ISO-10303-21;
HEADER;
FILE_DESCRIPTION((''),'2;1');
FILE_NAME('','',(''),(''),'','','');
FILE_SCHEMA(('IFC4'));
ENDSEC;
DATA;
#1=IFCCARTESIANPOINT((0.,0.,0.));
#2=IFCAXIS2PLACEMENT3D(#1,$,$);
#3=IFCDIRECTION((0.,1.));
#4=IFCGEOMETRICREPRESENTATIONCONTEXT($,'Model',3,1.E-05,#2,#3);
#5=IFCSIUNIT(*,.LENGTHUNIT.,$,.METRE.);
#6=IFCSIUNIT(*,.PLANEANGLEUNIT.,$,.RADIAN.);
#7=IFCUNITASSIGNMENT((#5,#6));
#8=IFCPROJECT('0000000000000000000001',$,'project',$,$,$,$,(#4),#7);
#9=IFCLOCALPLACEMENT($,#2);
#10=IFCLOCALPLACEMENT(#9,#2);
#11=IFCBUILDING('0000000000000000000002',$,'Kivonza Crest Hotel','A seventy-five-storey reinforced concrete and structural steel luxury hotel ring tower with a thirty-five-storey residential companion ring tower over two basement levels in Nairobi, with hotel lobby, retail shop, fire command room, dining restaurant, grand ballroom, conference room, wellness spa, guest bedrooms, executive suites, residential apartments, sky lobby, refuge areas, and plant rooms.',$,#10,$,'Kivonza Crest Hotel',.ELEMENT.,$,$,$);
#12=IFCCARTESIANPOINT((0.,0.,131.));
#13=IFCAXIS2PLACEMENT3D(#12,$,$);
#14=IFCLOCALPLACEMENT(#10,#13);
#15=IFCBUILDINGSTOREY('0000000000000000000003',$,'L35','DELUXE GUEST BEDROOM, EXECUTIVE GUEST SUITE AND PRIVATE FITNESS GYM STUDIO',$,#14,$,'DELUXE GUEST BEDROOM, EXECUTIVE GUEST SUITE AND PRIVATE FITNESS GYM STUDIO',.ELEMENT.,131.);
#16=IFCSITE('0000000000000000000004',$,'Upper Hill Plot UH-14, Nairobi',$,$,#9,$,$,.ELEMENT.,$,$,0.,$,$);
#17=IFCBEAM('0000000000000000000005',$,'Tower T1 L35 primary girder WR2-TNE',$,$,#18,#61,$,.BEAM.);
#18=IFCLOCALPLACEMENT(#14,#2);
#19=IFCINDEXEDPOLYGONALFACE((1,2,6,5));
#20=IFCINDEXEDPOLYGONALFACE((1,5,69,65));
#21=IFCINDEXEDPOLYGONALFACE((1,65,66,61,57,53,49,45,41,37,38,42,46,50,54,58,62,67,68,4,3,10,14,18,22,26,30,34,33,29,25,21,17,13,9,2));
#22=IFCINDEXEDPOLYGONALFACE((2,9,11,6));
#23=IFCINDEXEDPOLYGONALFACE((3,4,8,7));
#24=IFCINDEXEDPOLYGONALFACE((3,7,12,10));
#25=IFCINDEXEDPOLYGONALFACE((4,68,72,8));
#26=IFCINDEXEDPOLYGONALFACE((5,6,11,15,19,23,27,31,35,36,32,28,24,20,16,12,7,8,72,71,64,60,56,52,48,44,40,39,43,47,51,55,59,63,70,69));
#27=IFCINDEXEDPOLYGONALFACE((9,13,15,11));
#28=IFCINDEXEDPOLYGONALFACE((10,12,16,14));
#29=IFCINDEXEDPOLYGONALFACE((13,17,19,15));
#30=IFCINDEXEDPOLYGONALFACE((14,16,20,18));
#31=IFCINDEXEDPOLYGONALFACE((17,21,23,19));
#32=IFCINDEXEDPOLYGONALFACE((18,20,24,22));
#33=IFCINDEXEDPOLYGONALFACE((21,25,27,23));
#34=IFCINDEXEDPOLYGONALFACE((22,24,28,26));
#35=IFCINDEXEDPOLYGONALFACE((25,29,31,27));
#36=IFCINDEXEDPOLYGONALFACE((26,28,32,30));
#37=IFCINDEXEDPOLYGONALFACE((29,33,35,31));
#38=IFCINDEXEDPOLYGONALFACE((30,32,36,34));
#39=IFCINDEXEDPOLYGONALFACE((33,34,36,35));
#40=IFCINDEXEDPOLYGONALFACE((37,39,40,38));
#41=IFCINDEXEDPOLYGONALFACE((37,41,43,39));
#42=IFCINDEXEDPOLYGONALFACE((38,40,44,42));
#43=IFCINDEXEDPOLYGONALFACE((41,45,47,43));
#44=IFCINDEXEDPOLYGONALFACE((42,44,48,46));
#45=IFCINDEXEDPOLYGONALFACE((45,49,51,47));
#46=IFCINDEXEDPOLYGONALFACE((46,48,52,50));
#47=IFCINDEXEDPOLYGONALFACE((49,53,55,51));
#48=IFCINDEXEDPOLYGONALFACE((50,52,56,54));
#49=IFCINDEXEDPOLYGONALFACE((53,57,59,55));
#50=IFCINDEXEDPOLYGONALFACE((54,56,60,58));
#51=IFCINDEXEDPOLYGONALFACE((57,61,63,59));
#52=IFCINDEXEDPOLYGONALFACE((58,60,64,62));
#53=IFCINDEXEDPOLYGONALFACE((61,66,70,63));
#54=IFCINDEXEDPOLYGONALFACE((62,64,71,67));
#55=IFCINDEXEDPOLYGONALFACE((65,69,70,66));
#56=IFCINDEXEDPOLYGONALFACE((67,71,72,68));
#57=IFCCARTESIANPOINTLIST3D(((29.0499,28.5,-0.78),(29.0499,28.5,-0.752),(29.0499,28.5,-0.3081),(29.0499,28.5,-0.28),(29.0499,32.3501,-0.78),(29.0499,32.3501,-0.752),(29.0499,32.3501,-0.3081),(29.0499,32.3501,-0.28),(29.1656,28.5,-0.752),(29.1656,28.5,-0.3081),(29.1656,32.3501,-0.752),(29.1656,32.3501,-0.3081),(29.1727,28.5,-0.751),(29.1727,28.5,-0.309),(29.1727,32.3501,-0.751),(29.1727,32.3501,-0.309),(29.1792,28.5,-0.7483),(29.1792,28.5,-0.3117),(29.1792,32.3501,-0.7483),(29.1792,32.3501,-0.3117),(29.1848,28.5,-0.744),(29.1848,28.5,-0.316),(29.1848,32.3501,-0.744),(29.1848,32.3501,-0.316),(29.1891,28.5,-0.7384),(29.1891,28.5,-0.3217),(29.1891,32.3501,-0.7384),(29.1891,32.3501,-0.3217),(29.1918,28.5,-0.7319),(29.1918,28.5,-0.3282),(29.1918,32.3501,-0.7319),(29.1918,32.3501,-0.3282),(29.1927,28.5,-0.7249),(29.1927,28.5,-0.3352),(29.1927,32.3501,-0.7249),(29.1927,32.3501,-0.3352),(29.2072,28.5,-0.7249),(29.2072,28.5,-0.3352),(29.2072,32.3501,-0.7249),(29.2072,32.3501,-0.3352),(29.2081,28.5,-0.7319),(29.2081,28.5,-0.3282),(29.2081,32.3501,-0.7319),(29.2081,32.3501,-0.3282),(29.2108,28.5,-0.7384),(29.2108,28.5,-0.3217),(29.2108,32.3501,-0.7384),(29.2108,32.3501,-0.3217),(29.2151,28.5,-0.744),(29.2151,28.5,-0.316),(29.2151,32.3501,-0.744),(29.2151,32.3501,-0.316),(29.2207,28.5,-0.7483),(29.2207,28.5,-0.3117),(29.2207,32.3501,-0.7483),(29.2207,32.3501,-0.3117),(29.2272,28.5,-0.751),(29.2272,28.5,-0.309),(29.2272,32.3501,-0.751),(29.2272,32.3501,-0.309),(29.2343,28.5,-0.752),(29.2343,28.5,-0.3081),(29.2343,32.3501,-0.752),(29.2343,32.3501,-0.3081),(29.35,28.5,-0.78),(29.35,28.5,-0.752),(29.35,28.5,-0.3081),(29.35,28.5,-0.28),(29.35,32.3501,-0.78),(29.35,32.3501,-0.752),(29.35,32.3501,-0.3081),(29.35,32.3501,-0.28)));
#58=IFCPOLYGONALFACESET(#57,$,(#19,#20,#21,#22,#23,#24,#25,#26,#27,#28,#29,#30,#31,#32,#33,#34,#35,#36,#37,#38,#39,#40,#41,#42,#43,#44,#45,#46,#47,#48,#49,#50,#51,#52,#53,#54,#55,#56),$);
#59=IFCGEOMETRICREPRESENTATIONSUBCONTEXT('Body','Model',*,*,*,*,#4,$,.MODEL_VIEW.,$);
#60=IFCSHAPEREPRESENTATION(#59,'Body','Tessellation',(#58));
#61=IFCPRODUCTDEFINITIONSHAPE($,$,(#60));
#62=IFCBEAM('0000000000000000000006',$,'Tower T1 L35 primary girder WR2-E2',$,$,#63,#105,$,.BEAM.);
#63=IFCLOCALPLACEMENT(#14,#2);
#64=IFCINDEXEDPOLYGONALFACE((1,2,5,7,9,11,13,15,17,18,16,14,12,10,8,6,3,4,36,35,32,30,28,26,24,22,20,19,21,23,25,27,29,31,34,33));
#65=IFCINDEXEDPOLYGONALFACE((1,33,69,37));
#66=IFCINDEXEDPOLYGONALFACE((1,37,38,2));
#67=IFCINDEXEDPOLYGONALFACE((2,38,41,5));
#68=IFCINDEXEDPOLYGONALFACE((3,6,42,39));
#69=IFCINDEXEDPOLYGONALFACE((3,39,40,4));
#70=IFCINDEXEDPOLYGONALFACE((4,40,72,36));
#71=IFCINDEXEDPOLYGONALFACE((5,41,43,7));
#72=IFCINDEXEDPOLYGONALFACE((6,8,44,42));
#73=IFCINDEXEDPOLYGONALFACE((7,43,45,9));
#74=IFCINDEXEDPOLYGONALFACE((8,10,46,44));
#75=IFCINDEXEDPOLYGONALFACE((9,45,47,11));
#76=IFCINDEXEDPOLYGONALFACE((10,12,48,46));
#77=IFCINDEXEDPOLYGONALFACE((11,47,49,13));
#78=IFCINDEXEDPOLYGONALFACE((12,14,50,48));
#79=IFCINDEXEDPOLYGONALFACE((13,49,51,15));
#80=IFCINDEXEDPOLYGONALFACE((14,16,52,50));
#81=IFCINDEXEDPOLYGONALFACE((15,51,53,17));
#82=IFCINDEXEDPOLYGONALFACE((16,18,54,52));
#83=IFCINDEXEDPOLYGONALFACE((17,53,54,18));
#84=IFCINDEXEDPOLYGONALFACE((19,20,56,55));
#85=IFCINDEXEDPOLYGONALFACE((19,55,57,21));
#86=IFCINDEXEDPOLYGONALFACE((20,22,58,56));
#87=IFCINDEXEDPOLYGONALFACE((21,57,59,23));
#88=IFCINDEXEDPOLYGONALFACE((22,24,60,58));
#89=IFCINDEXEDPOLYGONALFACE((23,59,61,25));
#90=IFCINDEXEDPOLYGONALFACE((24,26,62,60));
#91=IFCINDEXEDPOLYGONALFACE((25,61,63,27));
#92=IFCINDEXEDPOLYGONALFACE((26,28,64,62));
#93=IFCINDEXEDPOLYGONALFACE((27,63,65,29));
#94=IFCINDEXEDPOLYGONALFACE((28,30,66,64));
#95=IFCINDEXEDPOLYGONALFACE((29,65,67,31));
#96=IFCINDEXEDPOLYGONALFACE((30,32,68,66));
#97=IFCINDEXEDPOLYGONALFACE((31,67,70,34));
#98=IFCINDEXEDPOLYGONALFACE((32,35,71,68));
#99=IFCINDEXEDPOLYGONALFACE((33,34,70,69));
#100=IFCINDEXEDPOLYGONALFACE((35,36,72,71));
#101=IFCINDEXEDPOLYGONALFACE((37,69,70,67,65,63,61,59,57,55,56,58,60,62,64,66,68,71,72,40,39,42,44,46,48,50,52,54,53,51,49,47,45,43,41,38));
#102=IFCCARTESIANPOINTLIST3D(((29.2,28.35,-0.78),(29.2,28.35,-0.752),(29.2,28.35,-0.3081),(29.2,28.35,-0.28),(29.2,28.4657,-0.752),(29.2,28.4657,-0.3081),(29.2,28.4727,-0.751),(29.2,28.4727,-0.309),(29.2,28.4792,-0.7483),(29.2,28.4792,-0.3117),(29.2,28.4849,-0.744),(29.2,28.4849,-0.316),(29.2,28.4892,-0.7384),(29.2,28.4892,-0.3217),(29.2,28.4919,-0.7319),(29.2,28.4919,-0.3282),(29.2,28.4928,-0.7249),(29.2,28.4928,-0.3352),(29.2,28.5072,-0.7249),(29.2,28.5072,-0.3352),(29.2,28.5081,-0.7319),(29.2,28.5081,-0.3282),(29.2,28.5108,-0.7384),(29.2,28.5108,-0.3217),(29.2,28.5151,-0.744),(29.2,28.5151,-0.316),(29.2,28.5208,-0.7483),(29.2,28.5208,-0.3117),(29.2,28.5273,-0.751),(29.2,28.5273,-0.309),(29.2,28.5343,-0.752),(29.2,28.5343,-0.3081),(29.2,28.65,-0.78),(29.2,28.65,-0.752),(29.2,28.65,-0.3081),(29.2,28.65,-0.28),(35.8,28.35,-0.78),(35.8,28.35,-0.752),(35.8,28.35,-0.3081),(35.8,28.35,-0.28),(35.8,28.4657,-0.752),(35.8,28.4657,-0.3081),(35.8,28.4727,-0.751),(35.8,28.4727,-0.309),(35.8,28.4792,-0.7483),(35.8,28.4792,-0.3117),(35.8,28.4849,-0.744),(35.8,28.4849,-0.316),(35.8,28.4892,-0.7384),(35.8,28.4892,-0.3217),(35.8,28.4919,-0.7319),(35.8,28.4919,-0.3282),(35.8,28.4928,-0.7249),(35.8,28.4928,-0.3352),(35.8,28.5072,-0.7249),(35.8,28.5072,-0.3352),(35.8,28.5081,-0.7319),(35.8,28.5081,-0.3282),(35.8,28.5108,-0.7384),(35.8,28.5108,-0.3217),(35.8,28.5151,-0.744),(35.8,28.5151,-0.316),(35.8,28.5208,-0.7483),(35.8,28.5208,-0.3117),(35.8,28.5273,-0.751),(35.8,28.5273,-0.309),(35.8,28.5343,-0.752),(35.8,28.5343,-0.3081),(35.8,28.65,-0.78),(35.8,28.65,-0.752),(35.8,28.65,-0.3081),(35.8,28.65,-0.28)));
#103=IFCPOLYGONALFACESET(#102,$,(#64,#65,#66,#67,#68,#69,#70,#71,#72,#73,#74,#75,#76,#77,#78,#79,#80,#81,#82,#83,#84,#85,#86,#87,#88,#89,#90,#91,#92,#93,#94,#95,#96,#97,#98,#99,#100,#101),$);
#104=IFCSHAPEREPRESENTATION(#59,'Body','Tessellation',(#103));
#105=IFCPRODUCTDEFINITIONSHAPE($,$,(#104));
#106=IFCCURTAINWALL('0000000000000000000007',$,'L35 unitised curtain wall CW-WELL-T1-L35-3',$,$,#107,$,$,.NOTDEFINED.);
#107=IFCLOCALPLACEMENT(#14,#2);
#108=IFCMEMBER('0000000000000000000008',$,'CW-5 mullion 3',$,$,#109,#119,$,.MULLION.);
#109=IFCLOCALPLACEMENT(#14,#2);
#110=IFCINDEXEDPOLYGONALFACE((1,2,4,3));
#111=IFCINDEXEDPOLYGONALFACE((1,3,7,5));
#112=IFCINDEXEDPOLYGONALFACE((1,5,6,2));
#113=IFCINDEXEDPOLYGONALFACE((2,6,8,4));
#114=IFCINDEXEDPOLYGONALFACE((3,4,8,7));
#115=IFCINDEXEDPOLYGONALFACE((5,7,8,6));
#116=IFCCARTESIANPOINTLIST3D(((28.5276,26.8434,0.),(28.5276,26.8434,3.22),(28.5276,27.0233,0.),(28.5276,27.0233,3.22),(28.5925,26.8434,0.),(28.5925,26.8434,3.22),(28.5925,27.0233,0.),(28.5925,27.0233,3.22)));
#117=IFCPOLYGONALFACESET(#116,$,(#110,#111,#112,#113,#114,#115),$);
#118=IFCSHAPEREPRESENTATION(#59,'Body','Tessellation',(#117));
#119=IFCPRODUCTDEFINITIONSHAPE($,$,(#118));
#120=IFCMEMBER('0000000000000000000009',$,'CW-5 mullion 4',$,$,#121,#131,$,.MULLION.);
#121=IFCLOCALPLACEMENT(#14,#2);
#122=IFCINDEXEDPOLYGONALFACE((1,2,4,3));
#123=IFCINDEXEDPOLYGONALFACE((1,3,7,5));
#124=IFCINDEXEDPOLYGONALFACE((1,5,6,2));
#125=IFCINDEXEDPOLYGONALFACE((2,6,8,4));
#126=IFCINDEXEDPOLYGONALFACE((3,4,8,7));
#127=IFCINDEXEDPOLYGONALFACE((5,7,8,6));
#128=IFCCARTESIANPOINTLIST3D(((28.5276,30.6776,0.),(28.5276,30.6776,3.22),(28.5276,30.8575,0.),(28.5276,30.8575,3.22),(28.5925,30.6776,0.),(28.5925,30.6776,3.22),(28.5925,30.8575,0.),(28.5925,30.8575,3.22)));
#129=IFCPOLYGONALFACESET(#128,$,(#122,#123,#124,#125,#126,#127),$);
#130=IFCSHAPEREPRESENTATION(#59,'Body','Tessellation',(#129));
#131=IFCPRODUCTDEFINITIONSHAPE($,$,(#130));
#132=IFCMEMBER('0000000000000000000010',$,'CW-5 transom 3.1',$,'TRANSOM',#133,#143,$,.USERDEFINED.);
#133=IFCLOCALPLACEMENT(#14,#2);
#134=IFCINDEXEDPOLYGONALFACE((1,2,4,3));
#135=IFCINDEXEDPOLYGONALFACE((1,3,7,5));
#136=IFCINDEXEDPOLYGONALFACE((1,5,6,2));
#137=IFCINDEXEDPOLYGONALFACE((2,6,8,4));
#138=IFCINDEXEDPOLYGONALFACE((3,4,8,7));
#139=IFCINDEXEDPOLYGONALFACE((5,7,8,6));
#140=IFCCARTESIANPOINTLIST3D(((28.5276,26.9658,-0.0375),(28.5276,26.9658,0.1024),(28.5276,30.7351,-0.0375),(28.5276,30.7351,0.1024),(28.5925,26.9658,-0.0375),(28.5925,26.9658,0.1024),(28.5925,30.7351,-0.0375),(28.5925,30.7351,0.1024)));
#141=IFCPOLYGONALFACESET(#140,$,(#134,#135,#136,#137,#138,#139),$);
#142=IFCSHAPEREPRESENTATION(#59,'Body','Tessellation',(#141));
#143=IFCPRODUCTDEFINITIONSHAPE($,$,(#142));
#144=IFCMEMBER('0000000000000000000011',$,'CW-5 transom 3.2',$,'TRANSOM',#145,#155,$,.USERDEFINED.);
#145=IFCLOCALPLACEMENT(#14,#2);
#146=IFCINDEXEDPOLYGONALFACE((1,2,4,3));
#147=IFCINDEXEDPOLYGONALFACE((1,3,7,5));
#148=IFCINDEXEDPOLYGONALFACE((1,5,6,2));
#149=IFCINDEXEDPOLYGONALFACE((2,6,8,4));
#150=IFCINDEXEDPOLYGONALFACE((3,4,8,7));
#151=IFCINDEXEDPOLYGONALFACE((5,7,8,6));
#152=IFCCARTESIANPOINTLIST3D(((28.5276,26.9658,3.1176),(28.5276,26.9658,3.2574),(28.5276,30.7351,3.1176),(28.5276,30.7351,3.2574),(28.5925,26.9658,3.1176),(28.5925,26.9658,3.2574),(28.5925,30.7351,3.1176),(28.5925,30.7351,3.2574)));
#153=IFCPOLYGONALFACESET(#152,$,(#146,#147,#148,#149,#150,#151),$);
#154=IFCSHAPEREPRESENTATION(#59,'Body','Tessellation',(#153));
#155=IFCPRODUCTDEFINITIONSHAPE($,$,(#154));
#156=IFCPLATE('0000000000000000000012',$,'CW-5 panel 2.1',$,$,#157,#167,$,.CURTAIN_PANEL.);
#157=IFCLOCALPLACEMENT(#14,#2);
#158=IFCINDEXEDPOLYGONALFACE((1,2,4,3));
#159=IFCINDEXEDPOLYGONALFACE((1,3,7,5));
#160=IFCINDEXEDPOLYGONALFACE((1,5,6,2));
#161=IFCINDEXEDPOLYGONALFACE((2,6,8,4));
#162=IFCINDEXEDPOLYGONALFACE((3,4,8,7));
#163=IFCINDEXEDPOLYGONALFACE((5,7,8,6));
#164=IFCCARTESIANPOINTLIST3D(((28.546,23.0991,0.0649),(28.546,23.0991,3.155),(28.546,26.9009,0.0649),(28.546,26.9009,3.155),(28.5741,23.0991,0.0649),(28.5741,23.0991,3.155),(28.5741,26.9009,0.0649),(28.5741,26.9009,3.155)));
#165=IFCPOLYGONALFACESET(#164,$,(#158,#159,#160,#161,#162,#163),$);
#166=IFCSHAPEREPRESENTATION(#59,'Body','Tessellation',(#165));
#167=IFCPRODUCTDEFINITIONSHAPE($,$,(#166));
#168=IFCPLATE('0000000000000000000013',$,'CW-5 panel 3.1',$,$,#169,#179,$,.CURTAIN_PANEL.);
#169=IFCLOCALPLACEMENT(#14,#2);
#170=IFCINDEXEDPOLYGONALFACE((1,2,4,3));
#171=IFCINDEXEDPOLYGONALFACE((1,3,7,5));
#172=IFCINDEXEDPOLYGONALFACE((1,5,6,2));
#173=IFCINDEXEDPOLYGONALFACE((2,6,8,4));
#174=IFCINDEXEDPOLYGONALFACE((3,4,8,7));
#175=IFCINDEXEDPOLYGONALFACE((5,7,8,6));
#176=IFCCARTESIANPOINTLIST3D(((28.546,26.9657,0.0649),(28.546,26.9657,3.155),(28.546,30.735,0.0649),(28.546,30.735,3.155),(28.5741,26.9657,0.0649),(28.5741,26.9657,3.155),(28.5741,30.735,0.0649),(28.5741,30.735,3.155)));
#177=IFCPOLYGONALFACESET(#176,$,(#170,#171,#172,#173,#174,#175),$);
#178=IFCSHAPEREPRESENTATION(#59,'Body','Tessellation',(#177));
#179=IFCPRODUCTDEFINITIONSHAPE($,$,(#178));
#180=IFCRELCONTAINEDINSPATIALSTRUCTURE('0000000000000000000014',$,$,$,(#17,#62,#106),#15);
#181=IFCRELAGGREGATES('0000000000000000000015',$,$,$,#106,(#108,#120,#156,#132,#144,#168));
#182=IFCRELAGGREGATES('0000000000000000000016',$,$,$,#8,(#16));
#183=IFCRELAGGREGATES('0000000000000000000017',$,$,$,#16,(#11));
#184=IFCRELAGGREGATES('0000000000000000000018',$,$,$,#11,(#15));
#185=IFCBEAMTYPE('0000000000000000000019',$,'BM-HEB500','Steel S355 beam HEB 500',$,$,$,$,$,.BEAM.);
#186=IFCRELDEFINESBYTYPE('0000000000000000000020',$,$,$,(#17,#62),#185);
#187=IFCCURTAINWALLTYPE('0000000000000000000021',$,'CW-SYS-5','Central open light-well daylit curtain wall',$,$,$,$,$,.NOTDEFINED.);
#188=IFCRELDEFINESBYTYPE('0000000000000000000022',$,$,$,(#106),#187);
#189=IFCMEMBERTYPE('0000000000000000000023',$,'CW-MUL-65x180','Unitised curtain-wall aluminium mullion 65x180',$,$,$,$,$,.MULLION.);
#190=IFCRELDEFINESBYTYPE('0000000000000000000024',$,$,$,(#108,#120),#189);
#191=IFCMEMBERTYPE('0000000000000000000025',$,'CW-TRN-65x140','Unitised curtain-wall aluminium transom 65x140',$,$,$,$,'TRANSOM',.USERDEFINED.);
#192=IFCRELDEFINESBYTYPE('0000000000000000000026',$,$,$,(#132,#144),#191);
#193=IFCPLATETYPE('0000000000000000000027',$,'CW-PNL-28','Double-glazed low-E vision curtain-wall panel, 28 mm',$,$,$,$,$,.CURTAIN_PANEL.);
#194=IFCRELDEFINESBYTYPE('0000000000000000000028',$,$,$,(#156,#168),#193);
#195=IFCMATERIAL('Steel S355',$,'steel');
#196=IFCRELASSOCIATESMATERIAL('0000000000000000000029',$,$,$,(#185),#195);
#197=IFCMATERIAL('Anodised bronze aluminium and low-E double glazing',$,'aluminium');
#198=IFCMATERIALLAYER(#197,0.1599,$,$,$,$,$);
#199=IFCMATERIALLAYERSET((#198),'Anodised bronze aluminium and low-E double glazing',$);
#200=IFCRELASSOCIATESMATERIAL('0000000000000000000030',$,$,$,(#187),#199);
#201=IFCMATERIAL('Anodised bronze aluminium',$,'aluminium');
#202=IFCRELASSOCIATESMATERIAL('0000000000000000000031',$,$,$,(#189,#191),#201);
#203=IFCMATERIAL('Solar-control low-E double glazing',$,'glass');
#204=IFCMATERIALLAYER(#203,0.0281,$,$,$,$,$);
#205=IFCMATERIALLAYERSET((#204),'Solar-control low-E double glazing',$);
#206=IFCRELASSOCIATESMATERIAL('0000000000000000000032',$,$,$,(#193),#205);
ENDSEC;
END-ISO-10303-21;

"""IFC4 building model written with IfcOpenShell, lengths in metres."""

from ifc_helpers import new_model, si_unit, direction, frame, origin, origin_2d, place, context, subcontext, project, spatial, rectangle, i_section, extrude, material, layer, layer_set, material_profile, profile_set, type_object, element, aggregate, save


model = new_model("IFC4")

# Units and contexts
model_context = context("Model", 3, precision=1e-05, world=origin(), true_north=direction((0.0, 1.0)))
body_context = subcontext(model_context, "Body", "Model", "MODEL_VIEW")
ifc_project = project(units=[si_unit("LENGTHUNIT", "METRE"), si_unit("PLANEANGLEUNIT", "RADIAN")], contexts=[model_context])

# Site, building, storey
site_placement = place(None, origin())
site = spatial("IfcSite", under=ifc_project, at=site_placement, Name="Upper Hill Plot UH-14, Nairobi", CompositionType="ELEMENT", RefElevation=0.0)
building_placement = place(site_placement, origin())
building = spatial("IfcBuilding", under=site, at=building_placement, Name="Kivonza Crest Hotel", Description="A seventy-five-storey reinforced concrete and structural steel luxury hotel ring tower with a thirty-five-storey residential companion ring tower over two basement levels in Nairobi, with hotel lobby, retail shop, fire command room, dining restaurant, grand ballroom, conference room, wellness spa, guest bedrooms, executive suites, residential apartments, sky lobby, refuge areas, and plant rooms.", LongName="Kivonza Crest Hotel", CompositionType="ELEMENT")
storey_placement = place(building_placement, frame((0.0, 0.0, 131.0)))
storey = spatial("IfcBuildingStorey", under=building, at=storey_placement, Name="L35", Description="DELUXE GUEST BEDROOM, EXECUTIVE GUEST SUITE AND PRIVATE FITNESS GYM STUDIO", LongName="DELUXE GUEST BEDROOM, EXECUTIVE GUEST SUITE AND PRIVATE FITNESS GYM STUDIO", CompositionType="ELEMENT", Elevation=131.0)

# Beams
ifc_material_1 = material(Name="Steel S355", Category="steel")
ifc_material_profile_1 = material_profile(ifc_material_1, i_section(OverallWidth=0.3, OverallDepth=0.5, WebThickness=0.0144, FlangeThickness=0.0281, FilletRadius=0.0271, at=origin_2d()), Name="HEB 500")
ifc_profile_set_1 = profile_set([ifc_material_profile_1], Name="Steel S355")
beam_type_1 = type_object("IfcBeamType", Name="BM-HEB500", Description="Steel S355 beam HEB 500", PredefinedType="BEAM", material=ifc_profile_set_1)
beam_1_placement = place(storey_placement, frame((29.2, 28.5, -0.53), z_axis=(0.0, 1.0, 0.0), x_axis=(-1.0, 0.0, 0.0)))
element("IfcBeam", 1, at=beam_1_placement, inside=storey, type_object=beam_type_1, Name="Tower T1 L35 primary girder WR2-TNE", PredefinedType="BEAM", context=body_context, shape_type="SweptSolid", body=[
    extrude(i_section(OverallWidth=0.3, OverallDepth=0.5, WebThickness=0.0144, FlangeThickness=0.0281, FilletRadius=0.0271, at=origin_2d()), origin(), (0.0, 0.0, 1.0), 3.8501),
])
beam_2_placement = place(storey_placement, frame((29.2, 28.5, -0.53), z_axis=(1.0, 0.0, 0.0), x_axis=(0.0, 1.0, 0.0)))
element("IfcBeam", 2, at=beam_2_placement, inside=storey, type_object=beam_type_1, Name="Tower T1 L35 primary girder WR2-E2", PredefinedType="BEAM", context=body_context, shape_type="SweptSolid", body=[
    extrude(i_section(OverallWidth=0.3, OverallDepth=0.5, WebThickness=0.0144, FlangeThickness=0.0281, FilletRadius=0.0271, at=origin_2d()), origin(), (0.0, 0.0, 1.0), 6.6001),
])

# Curtain wall, members, plates
ifc_material_2 = material(Name="Anodised bronze aluminium and low-E double glazing", Category="aluminium")
ifc_layer_1 = layer(ifc_material_2, 0.1599)
ifc_layer_set_1 = layer_set([ifc_layer_1], Name="Anodised bronze aluminium and low-E double glazing")
curtain_wall_type = type_object("IfcCurtainWallType", Name="CW-SYS-5", Description="Central open light-well daylit curtain wall", PredefinedType="NOTDEFINED", material=ifc_layer_set_1)
curtain_wall_placement = place(storey_placement, origin())
curtain_wall = element("IfcCurtainWall", 3, at=curtain_wall_placement, inside=storey, type_object=curtain_wall_type, Name="L35 unitised curtain wall CW-WELL-T1-L35-3", PredefinedType="NOTDEFINED")
ifc_material_3 = material(Name="Anodised bronze aluminium", Category="aluminium")
ifc_material_profile_2 = material_profile(ifc_material_3, rectangle(XDim=0.0649, YDim=0.1799, at=origin_2d()), Name="CW-M 65x180")
ifc_profile_set_2 = profile_set([ifc_material_profile_2], Name="Anodised bronze aluminium")
member_type_1 = type_object("IfcMemberType", Name="CW-MUL-65x180", Description="Unitised curtain-wall aluminium mullion 65x180", PredefinedType="MULLION", material=ifc_profile_set_2)
member_1_placement = place(storey_placement, frame((28.5601, 26.9333, 0.0), z_axis=(0.0, 0.0, 1.0), x_axis=(-1.0, 0.0, 0.0)))
member_1 = element("IfcMember", 4, at=member_1_placement, type_object=member_type_1, Name="CW-5 mullion 3", PredefinedType="MULLION", context=body_context, shape_type="SweptSolid", body=[
    extrude(rectangle(XDim=0.0649, YDim=0.1799, at=origin_2d()), origin(), (0.0, 0.0, 1.0), 3.22),
])
member_2_placement = place(storey_placement, frame((28.5601, 30.7676, 0.0), z_axis=(0.0, 0.0, 1.0), x_axis=(-1.0, 0.0, 0.0)))
member_2 = element("IfcMember", 5, at=member_2_placement, type_object=member_type_1, Name="CW-5 mullion 4", PredefinedType="MULLION", context=body_context, shape_type="SweptSolid", body=[
    extrude(rectangle(XDim=0.0649, YDim=0.1799, at=origin_2d()), origin(), (0.0, 0.0, 1.0), 3.22),
])
ifc_material_profile_3 = material_profile(ifc_material_3, rectangle(XDim=0.0649, YDim=0.1399, at=origin_2d()), Name="CW-T 65x140")
ifc_profile_set_3 = profile_set([ifc_material_profile_3], Name="Anodised bronze aluminium")
member_type_2 = type_object("IfcMemberType", Name="CW-TRN-65x140", Description="Unitised curtain-wall aluminium transom 65x140", ElementType="TRANSOM", PredefinedType="USERDEFINED", material=ifc_profile_set_3)
member_3_placement = place(storey_placement, frame((28.5601, 26.9658, 0.0325), z_axis=(0.0, 1.0, 0.0), x_axis=(-1.0, 0.0, 0.0)))
member_3 = element("IfcMember", 6, at=member_3_placement, type_object=member_type_2, Name="CW-5 transom 3.1", ObjectType="TRANSOM", PredefinedType="USERDEFINED", context=body_context, shape_type="SweptSolid", body=[
    extrude(rectangle(XDim=0.0649, YDim=0.1399, at=origin_2d()), origin(), (0.0, 0.0, 1.0), 3.7693),
])
member_4_placement = place(storey_placement, frame((28.5601, 26.9658, 3.1875), z_axis=(0.0, 1.0, 0.0), x_axis=(-1.0, 0.0, 0.0)))
member_4 = element("IfcMember", 7, at=member_4_placement, type_object=member_type_2, Name="CW-5 transom 3.2", ObjectType="TRANSOM", PredefinedType="USERDEFINED", context=body_context, shape_type="SweptSolid", body=[
    extrude(rectangle(XDim=0.0649, YDim=0.1399, at=origin_2d()), origin(), (0.0, 0.0, 1.0), 3.7693),
])
ifc_material_4 = material(Name="Solar-control low-E double glazing", Category="glass")
ifc_layer_2 = layer(ifc_material_4, 0.0281)
ifc_layer_set_2 = layer_set([ifc_layer_2], Name="Solar-control low-E double glazing")
plate_type = type_object("IfcPlateType", Name="CW-PNL-28", Description="Double-glazed low-E vision curtain-wall panel, 28 mm", PredefinedType="CURTAIN_PANEL", material=ifc_layer_set_2)
plate_1_placement = place(storey_placement, frame((28.5601, 25.0, 0.0649), z_axis=(0.0, 0.0, 1.0), x_axis=(0.0, 1.0, 0.0)))
plate_1 = element("IfcPlate", 8, at=plate_1_placement, type_object=plate_type, Name="CW-5 panel 2.1", PredefinedType="CURTAIN_PANEL", context=body_context, shape_type="SweptSolid", body=[
    extrude(rectangle(XDim=3.8018, YDim=0.0281, at=origin_2d()), origin(), (0.0, 0.0, 1.0), 3.0901),
])
plate_2_placement = place(storey_placement, frame((28.5601, 28.8503, 0.0649), z_axis=(0.0, 0.0, 1.0), x_axis=(0.0, 1.0, 0.0)))
plate_2 = element("IfcPlate", 9, at=plate_2_placement, type_object=plate_type, Name="CW-5 panel 3.1", PredefinedType="CURTAIN_PANEL", context=body_context, shape_type="SweptSolid", body=[
    extrude(rectangle(XDim=3.7693, YDim=0.0281, at=origin_2d()), origin(), (0.0, 0.0, 1.0), 3.0901),
])
aggregate(curtain_wall, [member_1, member_2, plate_1, member_3, member_4, plate_2])

save(model, "model.ifc")
